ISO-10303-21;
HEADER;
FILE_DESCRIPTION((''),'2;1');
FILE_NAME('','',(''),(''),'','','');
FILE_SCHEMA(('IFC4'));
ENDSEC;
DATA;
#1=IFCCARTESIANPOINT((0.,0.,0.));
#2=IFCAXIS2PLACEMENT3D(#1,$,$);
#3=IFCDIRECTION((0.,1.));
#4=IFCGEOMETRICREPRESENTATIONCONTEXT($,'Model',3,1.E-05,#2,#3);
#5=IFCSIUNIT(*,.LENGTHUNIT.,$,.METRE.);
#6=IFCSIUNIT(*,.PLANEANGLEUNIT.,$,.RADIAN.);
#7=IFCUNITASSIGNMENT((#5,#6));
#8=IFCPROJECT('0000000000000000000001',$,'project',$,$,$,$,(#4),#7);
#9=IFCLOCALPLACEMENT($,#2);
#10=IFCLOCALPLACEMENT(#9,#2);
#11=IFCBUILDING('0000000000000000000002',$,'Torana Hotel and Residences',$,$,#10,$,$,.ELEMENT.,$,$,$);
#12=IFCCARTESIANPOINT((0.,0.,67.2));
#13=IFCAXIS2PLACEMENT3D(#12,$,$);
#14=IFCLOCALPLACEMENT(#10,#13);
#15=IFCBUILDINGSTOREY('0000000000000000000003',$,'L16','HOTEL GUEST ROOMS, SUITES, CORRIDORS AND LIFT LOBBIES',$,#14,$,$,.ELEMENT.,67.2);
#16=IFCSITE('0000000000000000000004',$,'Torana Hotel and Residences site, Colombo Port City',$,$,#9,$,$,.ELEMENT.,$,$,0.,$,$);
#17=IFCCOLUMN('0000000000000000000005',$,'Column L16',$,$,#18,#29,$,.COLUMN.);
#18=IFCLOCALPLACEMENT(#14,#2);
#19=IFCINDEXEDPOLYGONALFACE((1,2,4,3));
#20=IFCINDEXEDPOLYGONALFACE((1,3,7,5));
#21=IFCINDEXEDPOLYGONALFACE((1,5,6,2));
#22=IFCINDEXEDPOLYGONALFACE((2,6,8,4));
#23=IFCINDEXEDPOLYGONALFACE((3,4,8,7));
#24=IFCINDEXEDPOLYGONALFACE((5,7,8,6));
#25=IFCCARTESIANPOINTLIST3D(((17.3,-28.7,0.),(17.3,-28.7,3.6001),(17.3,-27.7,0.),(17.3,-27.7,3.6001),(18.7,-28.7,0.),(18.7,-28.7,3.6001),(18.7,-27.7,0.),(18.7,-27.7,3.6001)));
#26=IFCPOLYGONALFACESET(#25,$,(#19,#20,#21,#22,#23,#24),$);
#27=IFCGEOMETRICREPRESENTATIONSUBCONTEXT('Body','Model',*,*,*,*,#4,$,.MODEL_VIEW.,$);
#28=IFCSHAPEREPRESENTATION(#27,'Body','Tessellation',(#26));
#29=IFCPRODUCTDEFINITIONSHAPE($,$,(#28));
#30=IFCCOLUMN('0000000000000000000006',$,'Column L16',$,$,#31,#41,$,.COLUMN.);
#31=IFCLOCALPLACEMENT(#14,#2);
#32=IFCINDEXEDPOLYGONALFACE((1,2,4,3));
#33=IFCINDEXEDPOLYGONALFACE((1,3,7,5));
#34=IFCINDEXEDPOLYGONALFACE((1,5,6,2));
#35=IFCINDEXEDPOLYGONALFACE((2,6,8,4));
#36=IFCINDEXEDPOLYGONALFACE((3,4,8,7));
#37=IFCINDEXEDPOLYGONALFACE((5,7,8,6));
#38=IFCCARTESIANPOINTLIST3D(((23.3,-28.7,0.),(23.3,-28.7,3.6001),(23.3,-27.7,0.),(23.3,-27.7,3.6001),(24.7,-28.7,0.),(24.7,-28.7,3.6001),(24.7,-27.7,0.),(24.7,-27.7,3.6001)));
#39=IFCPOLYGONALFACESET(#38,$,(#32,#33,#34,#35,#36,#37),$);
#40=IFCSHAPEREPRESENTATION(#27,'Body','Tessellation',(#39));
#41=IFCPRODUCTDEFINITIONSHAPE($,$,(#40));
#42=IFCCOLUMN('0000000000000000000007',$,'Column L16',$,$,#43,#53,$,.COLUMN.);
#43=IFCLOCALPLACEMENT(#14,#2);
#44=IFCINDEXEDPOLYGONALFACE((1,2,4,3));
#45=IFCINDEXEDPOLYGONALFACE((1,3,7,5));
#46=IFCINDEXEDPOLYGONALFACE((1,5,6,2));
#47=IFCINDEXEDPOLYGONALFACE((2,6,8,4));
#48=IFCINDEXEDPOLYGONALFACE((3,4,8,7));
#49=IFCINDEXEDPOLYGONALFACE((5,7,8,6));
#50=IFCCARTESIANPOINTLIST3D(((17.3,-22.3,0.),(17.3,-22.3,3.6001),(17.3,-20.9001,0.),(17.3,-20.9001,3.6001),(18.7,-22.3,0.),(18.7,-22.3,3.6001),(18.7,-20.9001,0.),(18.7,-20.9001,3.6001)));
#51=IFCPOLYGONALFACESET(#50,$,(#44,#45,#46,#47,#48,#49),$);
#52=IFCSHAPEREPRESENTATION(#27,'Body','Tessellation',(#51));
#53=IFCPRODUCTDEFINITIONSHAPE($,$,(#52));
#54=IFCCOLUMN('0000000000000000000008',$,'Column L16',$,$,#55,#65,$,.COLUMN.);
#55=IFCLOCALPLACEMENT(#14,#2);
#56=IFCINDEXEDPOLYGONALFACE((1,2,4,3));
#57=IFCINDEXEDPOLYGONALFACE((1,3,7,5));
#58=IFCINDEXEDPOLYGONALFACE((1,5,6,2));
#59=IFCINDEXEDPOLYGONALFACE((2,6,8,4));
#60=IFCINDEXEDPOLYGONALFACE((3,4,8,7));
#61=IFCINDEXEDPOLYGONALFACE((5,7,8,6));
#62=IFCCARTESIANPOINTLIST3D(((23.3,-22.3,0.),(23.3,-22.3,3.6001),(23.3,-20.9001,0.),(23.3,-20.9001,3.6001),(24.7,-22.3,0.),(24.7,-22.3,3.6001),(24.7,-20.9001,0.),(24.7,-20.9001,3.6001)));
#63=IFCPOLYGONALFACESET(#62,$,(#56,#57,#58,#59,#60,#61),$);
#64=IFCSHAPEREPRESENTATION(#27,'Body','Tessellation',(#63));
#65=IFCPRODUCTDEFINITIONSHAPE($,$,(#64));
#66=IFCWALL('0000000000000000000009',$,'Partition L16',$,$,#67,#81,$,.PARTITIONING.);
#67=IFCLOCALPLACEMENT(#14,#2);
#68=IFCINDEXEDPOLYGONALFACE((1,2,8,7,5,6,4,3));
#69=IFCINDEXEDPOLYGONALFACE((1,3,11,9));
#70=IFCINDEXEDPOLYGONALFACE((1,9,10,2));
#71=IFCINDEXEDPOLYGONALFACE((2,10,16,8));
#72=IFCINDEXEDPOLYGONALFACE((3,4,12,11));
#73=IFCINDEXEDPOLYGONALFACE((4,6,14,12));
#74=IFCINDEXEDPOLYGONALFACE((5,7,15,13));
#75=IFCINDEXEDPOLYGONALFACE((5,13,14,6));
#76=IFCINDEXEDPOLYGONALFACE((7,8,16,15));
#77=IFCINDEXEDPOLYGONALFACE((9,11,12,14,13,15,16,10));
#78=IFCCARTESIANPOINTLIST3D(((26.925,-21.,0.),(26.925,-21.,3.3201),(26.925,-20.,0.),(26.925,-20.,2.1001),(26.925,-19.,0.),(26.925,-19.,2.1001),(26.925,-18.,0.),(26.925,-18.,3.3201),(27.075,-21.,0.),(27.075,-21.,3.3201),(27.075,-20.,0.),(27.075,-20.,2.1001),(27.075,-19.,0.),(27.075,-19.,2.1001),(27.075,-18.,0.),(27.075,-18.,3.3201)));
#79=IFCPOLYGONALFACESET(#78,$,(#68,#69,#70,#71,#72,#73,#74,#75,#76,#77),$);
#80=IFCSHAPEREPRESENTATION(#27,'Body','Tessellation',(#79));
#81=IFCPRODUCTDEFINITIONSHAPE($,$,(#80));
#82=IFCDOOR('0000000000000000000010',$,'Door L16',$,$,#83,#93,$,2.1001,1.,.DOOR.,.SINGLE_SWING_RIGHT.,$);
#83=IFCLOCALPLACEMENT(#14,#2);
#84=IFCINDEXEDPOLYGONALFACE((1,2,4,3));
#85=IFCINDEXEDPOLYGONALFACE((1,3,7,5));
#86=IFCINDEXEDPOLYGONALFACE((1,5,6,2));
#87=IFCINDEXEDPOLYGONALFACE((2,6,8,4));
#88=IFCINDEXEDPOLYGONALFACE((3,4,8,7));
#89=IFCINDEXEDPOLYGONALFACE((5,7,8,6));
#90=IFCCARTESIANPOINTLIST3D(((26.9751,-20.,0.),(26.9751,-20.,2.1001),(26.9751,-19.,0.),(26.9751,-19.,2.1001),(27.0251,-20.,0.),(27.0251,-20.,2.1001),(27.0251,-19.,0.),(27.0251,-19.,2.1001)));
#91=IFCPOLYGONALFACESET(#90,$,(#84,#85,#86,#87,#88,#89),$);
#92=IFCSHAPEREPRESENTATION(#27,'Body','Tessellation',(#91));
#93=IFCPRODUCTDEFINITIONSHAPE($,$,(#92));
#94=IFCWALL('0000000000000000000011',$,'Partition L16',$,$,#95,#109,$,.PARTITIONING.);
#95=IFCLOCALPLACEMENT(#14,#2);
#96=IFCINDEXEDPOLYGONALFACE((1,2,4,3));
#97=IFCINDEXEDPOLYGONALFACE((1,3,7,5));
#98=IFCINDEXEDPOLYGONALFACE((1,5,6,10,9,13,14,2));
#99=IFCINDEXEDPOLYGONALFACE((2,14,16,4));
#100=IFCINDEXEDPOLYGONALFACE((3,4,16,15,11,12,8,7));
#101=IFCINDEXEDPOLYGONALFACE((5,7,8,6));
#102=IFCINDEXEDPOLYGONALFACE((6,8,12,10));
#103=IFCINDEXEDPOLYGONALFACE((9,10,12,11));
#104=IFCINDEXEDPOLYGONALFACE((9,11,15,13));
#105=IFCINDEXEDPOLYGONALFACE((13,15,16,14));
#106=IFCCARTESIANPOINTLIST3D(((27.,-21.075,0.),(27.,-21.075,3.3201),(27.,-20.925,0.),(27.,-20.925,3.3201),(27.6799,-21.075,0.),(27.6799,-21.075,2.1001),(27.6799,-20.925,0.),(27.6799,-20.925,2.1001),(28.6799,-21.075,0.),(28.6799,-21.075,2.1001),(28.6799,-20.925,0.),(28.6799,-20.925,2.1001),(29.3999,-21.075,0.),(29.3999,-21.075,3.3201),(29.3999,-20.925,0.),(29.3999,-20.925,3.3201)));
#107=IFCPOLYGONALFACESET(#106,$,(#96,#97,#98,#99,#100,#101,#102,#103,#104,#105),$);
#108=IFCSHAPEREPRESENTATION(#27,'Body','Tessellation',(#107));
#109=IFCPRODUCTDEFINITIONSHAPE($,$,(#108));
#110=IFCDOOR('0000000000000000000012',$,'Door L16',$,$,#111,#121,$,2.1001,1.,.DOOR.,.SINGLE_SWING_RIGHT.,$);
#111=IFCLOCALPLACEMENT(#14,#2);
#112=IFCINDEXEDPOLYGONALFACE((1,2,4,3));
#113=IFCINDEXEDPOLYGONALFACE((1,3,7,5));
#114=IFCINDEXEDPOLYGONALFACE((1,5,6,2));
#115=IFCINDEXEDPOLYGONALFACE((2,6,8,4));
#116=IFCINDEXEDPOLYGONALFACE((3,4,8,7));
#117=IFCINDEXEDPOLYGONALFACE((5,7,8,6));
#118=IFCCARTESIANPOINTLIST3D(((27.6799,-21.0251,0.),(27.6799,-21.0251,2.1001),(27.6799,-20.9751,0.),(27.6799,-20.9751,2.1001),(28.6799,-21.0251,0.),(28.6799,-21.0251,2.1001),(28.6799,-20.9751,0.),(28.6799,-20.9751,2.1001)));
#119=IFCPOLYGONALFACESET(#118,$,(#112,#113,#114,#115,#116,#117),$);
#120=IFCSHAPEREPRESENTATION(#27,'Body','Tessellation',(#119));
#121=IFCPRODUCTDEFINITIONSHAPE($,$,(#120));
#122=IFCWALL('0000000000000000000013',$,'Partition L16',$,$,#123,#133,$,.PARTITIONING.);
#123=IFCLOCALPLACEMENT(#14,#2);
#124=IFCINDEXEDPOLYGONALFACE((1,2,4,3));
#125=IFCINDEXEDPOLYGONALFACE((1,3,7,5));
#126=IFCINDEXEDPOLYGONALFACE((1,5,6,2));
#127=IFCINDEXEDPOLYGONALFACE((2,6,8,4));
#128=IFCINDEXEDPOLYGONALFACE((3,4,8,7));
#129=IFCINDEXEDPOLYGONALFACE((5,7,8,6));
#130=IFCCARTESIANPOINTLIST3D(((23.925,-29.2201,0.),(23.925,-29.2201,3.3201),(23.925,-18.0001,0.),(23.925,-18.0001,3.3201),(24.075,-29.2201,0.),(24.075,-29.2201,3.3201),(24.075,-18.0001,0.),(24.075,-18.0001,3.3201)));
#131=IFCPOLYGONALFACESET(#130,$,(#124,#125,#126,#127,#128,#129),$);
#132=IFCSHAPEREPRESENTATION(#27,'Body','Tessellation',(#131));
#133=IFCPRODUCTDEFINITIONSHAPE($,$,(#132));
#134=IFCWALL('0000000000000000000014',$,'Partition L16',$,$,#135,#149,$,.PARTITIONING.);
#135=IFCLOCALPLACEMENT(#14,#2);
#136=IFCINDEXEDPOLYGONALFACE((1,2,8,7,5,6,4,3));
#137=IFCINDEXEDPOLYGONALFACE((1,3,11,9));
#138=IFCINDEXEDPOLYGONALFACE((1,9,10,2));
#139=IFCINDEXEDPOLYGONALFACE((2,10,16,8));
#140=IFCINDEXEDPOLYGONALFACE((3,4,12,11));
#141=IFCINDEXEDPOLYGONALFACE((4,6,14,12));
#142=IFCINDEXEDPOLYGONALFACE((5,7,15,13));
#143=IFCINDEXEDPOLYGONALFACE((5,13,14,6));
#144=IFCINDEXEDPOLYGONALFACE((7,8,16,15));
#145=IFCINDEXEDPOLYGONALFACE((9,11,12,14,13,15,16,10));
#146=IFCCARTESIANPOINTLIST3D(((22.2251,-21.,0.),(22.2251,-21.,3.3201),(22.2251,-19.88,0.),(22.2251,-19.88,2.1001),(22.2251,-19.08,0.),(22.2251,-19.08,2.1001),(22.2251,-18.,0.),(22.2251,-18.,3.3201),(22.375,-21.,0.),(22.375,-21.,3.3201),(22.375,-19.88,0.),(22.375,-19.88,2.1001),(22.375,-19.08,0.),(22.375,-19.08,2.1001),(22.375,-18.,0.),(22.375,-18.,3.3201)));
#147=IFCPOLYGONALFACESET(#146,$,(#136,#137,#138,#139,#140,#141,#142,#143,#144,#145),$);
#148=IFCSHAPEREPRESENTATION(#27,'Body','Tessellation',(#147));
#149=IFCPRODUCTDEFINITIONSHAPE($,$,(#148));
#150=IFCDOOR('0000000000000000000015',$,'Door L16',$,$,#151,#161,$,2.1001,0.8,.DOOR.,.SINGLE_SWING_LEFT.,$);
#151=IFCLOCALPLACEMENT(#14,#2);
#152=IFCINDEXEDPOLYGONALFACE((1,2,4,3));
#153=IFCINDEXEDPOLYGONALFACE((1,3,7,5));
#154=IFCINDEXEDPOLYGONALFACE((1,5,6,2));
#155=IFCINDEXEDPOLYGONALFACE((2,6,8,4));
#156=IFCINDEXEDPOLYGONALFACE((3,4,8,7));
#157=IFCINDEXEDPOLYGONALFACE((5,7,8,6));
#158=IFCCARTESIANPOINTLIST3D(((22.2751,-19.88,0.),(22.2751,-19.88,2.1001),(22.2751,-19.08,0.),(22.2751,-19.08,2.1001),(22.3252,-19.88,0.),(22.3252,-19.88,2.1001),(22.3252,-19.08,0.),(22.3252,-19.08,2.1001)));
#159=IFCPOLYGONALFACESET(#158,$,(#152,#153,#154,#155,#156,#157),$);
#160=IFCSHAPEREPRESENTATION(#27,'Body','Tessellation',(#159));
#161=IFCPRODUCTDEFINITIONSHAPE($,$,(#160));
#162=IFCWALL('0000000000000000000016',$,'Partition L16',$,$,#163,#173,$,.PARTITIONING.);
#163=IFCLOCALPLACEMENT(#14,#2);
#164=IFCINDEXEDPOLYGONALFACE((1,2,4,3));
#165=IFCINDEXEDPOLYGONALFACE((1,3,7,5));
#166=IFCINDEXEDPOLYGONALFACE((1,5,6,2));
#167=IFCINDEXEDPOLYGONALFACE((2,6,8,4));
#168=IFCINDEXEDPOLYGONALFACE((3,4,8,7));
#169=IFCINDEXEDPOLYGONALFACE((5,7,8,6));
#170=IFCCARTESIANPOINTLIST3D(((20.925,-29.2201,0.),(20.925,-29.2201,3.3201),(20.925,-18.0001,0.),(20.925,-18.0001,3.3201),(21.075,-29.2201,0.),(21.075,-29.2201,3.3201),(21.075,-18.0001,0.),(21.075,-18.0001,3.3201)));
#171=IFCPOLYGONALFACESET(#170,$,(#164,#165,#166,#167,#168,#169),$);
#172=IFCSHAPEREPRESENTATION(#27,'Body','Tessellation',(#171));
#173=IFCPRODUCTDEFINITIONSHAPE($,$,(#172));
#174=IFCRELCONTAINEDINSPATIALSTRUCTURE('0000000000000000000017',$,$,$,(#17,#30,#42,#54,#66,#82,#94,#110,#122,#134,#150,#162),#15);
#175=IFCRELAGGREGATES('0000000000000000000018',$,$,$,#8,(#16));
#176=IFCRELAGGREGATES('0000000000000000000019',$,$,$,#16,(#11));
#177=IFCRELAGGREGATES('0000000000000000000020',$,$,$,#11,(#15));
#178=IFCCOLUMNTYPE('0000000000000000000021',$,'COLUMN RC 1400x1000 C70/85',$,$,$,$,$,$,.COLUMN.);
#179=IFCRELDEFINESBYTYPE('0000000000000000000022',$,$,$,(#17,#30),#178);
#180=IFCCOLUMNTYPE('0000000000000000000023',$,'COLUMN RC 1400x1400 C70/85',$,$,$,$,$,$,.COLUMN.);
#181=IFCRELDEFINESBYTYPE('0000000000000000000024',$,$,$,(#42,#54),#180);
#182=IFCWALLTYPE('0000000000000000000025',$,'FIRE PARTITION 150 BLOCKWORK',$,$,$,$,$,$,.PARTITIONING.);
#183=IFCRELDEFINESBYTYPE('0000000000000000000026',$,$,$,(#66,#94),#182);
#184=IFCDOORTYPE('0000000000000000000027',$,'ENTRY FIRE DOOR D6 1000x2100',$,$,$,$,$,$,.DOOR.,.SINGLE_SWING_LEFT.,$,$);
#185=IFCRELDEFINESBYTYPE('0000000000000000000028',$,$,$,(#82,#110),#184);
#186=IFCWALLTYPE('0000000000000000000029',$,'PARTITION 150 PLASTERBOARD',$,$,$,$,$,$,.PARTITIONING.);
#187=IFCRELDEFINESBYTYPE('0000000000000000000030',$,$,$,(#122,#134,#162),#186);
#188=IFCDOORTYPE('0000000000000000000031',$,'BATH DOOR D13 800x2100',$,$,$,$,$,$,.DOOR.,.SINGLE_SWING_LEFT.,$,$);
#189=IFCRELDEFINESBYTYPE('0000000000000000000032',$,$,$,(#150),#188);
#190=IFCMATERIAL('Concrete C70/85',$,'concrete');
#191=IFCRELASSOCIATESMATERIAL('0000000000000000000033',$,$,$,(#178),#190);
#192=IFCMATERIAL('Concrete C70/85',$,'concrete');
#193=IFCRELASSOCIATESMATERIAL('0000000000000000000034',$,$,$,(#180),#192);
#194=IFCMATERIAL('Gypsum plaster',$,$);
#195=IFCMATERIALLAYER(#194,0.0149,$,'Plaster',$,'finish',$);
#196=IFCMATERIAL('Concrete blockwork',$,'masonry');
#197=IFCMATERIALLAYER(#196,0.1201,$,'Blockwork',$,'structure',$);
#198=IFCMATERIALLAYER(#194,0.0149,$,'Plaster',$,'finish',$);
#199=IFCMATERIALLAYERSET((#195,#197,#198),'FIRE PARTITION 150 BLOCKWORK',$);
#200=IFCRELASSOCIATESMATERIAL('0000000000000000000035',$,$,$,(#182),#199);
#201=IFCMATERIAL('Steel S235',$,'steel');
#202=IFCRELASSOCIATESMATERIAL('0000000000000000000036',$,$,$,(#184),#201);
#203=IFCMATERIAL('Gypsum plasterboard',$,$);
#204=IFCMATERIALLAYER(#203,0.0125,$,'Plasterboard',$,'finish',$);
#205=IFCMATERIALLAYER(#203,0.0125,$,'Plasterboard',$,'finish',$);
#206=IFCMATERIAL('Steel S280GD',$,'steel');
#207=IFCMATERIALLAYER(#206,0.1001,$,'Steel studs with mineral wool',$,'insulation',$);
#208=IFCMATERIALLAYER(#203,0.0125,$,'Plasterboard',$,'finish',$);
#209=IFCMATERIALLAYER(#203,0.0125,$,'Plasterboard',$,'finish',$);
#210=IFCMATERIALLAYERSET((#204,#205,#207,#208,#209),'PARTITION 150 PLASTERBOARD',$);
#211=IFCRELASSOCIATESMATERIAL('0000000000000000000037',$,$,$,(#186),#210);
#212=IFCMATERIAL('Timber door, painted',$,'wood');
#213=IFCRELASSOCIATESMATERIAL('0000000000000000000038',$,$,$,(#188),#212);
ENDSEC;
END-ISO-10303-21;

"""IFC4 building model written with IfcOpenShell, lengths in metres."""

from ifc_helpers import new_model, si_unit, direction, frame, frame_2d, origin, origin_2d, place, context, subcontext, project, spatial, rectangle, extrude, material, layer, layer_set, material_profile, profile_set, type_object, element, fill, save


model = new_model("IFC4")

# Units and contexts
model_context = context("Model", 3, precision=1e-05, world=origin(), true_north=direction((0.0, 1.0)))
body_context = subcontext(model_context, "Body", "Model", "MODEL_VIEW")
ifc_project = project(units=[si_unit("LENGTHUNIT", "METRE"), si_unit("PLANEANGLEUNIT", "RADIAN")], contexts=[model_context])

# Site, building, storey
site_placement = place(None, origin())
site = spatial("IfcSite", under=ifc_project, at=site_placement, Name="Torana Hotel and Residences site, Colombo Port City", CompositionType="ELEMENT", RefElevation=0.0)
building_placement = place(site_placement, origin())
building = spatial("IfcBuilding", under=site, at=building_placement, Name="Torana Hotel and Residences", CompositionType="ELEMENT")
storey_placement = place(building_placement, frame((0.0, 0.0, 67.2)))
storey = spatial("IfcBuildingStorey", under=building, at=storey_placement, Name="L16", Description="HOTEL GUEST ROOMS, SUITES, CORRIDORS AND LIFT LOBBIES", CompositionType="ELEMENT", Elevation=67.2)

# Columns
ifc_material_1 = material(Name="Concrete C70/85", Category="concrete")
ifc_material_profile_1 = material_profile(ifc_material_1, rectangle(XDim=1.3999, YDim=1.0, at=origin_2d()), Name="RC 1400x1000")
ifc_profile_set_1 = profile_set([ifc_material_profile_1], Name="Concrete C70/85")
column_type_1 = type_object("IfcColumnType", Name="COLUMN RC 1400x1000 C70/85", PredefinedType="COLUMN", material=ifc_profile_set_1)
for number, where, z_axis, x_axis, name in (
    (1, (18.0, -28.2, 0.0), (0.0, 0.0, 1.0), (1.0, 0.0, 0.0), "Column L16"),
    (2, (24.0, -28.2, 0.0), (0.0, 0.0, 1.0), (1.0, 0.0, 0.0), "Column L16"),
):
    element("IfcColumn", number, at=place(storey_placement, frame(where, z_axis=z_axis, x_axis=x_axis)), inside=storey, type_object=column_type_1, Name=name, PredefinedType="COLUMN", context=body_context, shape_type="SweptSolid", body=[
        extrude(rectangle(XDim=1.3999, YDim=1.0, at=origin_2d()), origin(), (0.0, 0.0, 1.0), 3.6001),
    ])
ifc_material_2 = material(Name="Concrete C70/85", Category="concrete")
ifc_material_profile_2 = material_profile(ifc_material_2, rectangle(XDim=1.3999, YDim=1.3999, at=origin_2d()), Name="RC 1400x1400")
ifc_profile_set_2 = profile_set([ifc_material_profile_2], Name="Concrete C70/85")
column_type_2 = type_object("IfcColumnType", Name="COLUMN RC 1400x1400 C70/85", PredefinedType="COLUMN", material=ifc_profile_set_2)
for number, where, z_axis, x_axis, name in (
    (3, (18.0, -21.6001, 0.0), (0.0, 0.0, 1.0), (1.0, 0.0, 0.0), "Column L16"),
    (4, (24.0, -21.6001, 0.0), (0.0, 0.0, 1.0), (1.0, 0.0, 0.0), "Column L16"),
):
    element("IfcColumn", number, at=place(storey_placement, frame(where, z_axis=z_axis, x_axis=x_axis)), inside=storey, type_object=column_type_2, Name=name, PredefinedType="COLUMN", context=body_context, shape_type="SweptSolid", body=[
        extrude(rectangle(XDim=1.3999, YDim=1.3999, at=origin_2d()), origin(), (0.0, 0.0, 1.0), 3.6001),
    ])

# Walls, openings, doors
ifc_material_3 = material(Name="Gypsum plaster")
ifc_layer_1 = layer(ifc_material_3, 0.0149, Name="Plaster", Category="finish")
ifc_material_4 = material(Name="Concrete blockwork", Category="masonry")
ifc_layer_2 = layer(ifc_material_4, 0.1201, Name="Blockwork", Category="structure")
ifc_layer_3 = layer(ifc_material_3, 0.0149, Name="Plaster", Category="finish")
ifc_layer_set_1 = layer_set([ifc_layer_1, ifc_layer_2, ifc_layer_3], Name="FIRE PARTITION 150 BLOCKWORK")
wall_type_1 = type_object("IfcWallType", Name="FIRE PARTITION 150 BLOCKWORK", PredefinedType="PARTITIONING", material=ifc_layer_set_1)
wall_1_placement = place(storey_placement, frame((27.0, -21.0, 0.0), z_axis=(0.0, 0.0, 1.0), x_axis=(0.0, 1.0, 0.0)))
wall_1 = element("IfcWall", 5, at=wall_1_placement, inside=storey, type_object=wall_type_1, Name="Partition L16", PredefinedType="PARTITIONING", context=body_context, shape_type="SweptSolid", body=[
    extrude(rectangle(XDim=3.0, YDim=0.1499, at=frame_2d((1.5, 0.0))), origin(), (0.0, 0.0, 1.0), 3.3201),
])
opening_1_placement = place(wall_1_placement, frame((1.0, 0.0, 0.0)))
opening_1 = element("IfcOpeningElement", 6, at=opening_1_placement, cuts=wall_1, PredefinedType="OPENING", context=body_context, shape_type="SweptSolid", body=[
    extrude(rectangle(XDim=1.0, YDim=2.1001, at=frame_2d((0.5, 1.05))), frame((0.0, 0.085, 0.0), z_axis=(0.0, -1.0, 0.0), x_axis=(1.0, 0.0, 0.0)), (0.0, 0.0, 1.0), 0.1699),
])
ifc_material_5 = material(Name="Steel S235", Category="steel")
door_type_1 = type_object("IfcDoorType", Name="ENTRY FIRE DOOR D6 1000x2100", OperationType="SINGLE_SWING_LEFT", PredefinedType="DOOR", material=ifc_material_5)
door_1_placement = place(opening_1_placement, origin())
door_1 = element("IfcDoor", 7, at=door_1_placement, inside=storey, type_object=door_type_1, Name="Door L16", OperationType="SINGLE_SWING_RIGHT", OverallHeight=2.1001, OverallWidth=1.0, PredefinedType="DOOR", context=body_context, shape_type="SweptSolid", body=[
    extrude(rectangle(XDim=1.0, YDim=2.1001, at=frame_2d((0.5, 1.05))), frame((0.0, 0.0249, 0.0), z_axis=(0.0, -1.0, 0.0), x_axis=(1.0, 0.0, 0.0)), (0.0, 0.0, 1.0), 0.05),
])
fill(opening_1, door_1)
wall_2_placement = place(storey_placement, frame((27.0, -21.0, 0.0), z_axis=(0.0, 0.0, 1.0), x_axis=(1.0, 0.0, 0.0)))
wall_2 = element("IfcWall", 8, at=wall_2_placement, inside=storey, type_object=wall_type_1, Name="Partition L16", PredefinedType="PARTITIONING", context=body_context, shape_type="SweptSolid", body=[
    extrude(rectangle(XDim=2.3999, YDim=0.1499, at=frame_2d((1.2, 0.0))), origin(), (0.0, 0.0, 1.0), 3.3201),
])
opening_2_placement = place(wall_2_placement, frame((0.6799, 0.0, 0.0)))
opening_2 = element("IfcOpeningElement", 9, at=opening_2_placement, cuts=wall_2, PredefinedType="OPENING", context=body_context, shape_type="SweptSolid", body=[
    extrude(rectangle(XDim=1.0, YDim=2.1001, at=frame_2d((0.5, 1.05))), frame((0.0, 0.085, 0.0), z_axis=(0.0, -1.0, 0.0), x_axis=(1.0, 0.0, 0.0)), (0.0, 0.0, 1.0), 0.1699),
])
door_2_placement = place(opening_2_placement, frame((0.5, 0.0, 0.0), z_axis=(0.0, 0.0, 1.0), x_axis=(-1.0, 0.0, 0.0)))
door_2 = element("IfcDoor", 10, at=door_2_placement, inside=storey, type_object=door_type_1, Name="Door L16", OperationType="SINGLE_SWING_RIGHT", OverallHeight=2.1001, OverallWidth=1.0, PredefinedType="DOOR", context=body_context, shape_type="SweptSolid", body=[
    extrude(rectangle(XDim=1.0, YDim=2.1001, at=frame_2d((0.0, 1.05))), frame((0.0, -0.0249, 0.0), z_axis=(0.0, 1.0, 0.0), x_axis=(-1.0, 0.0, 0.0)), (0.0, 0.0, 1.0), 0.05),
])
fill(opening_2, door_2)

# Wall
ifc_material_6 = material(Name="Gypsum plasterboard")
ifc_layer_4 = layer(ifc_material_6, 0.0125, Name="Plasterboard", Category="finish")
ifc_layer_5 = layer(ifc_material_6, 0.0125, Name="Plasterboard", Category="finish")
ifc_material_7 = material(Name="Steel S280GD", Category="steel")
ifc_layer_6 = layer(ifc_material_7, 0.1001, Name="Steel studs with mineral wool", Category="insulation")
ifc_layer_7 = layer(ifc_material_6, 0.0125, Name="Plasterboard", Category="finish")
ifc_layer_8 = layer(ifc_material_6, 0.0125, Name="Plasterboard", Category="finish")
ifc_layer_set_2 = layer_set([ifc_layer_4, ifc_layer_5, ifc_layer_6, ifc_layer_7, ifc_layer_8], Name="PARTITION 150 PLASTERBOARD")
wall_type_2 = type_object("IfcWallType", Name="PARTITION 150 PLASTERBOARD", PredefinedType="PARTITIONING", material=ifc_layer_set_2)
wall_3_placement = place(storey_placement, frame((24.0, -29.22, 0.0), z_axis=(0.0, 0.0, 1.0), x_axis=(0.0, 1.0, 0.0)))
element("IfcWall", 11, at=wall_3_placement, inside=storey, type_object=wall_type_2, Name="Partition L16", PredefinedType="PARTITIONING", context=body_context, shape_type="SweptSolid", body=[
    extrude(rectangle(XDim=11.22, YDim=0.1499, at=frame_2d((5.6099, 0.0))), origin(), (0.0, 0.0, 1.0), 3.3201),
])

# Wall, opening, door
wall_4_placement = place(storey_placement, frame((22.3, -21.0, 0.0), z_axis=(0.0, 0.0, 1.0), x_axis=(0.0, 1.0, 0.0)))
wall_4 = element("IfcWall", 12, at=wall_4_placement, inside=storey, type_object=wall_type_2, Name="Partition L16", PredefinedType="PARTITIONING", context=body_context, shape_type="SweptSolid", body=[
    extrude(rectangle(XDim=3.0, YDim=0.1499, at=frame_2d((1.5, 0.0))), origin(), (0.0, 0.0, 1.0), 3.3201),
])
opening_3_placement = place(wall_4_placement, frame((1.1201, 0.0, 0.0)))
opening_3 = element("IfcOpeningElement", 13, at=opening_3_placement, cuts=wall_4, PredefinedType="OPENING", context=body_context, shape_type="SweptSolid", body=[
    extrude(rectangle(XDim=0.8, YDim=2.1001, at=frame_2d((0.3999, 1.05))), frame((0.0, 0.085, 0.0), z_axis=(0.0, -1.0, 0.0), x_axis=(1.0, 0.0, 0.0)), (0.0, 0.0, 1.0), 0.1699),
])
ifc_material_8 = material(Name="Timber door, painted", Category="wood")
door_type_2 = type_object("IfcDoorType", Name="BATH DOOR D13 800x2100", OperationType="SINGLE_SWING_LEFT", PredefinedType="DOOR", material=ifc_material_8)
door_3_placement = place(opening_3_placement, origin())
door_3 = element("IfcDoor", 14, at=door_3_placement, inside=storey, type_object=door_type_2, Name="Door L16", OperationType="SINGLE_SWING_LEFT", OverallHeight=2.1001, OverallWidth=0.8, PredefinedType="DOOR", context=body_context, shape_type="SweptSolid", body=[
    extrude(rectangle(XDim=0.8, YDim=2.1001, at=frame_2d((0.3999, 1.05))), frame((0.0, 0.0249, 0.0), z_axis=(0.0, -1.0, 0.0), x_axis=(1.0, 0.0, 0.0)), (0.0, 0.0, 1.0), 0.05),
])
fill(opening_3, door_3)

# Wall
wall_5_placement = place(storey_placement, frame((21.0, -29.22, 0.0), z_axis=(0.0, 0.0, 1.0), x_axis=(0.0, 1.0, 0.0)))
element("IfcWall", 15, at=wall_5_placement, inside=storey, type_object=wall_type_2, Name="Partition L16", PredefinedType="PARTITIONING", context=body_context, shape_type="SweptSolid", body=[
    extrude(rectangle(XDim=11.22, YDim=0.1499, at=frame_2d((5.6099, 0.0))), origin(), (0.0, 0.0, 1.0), 3.3201),
])

save(model, "model.ifc")
